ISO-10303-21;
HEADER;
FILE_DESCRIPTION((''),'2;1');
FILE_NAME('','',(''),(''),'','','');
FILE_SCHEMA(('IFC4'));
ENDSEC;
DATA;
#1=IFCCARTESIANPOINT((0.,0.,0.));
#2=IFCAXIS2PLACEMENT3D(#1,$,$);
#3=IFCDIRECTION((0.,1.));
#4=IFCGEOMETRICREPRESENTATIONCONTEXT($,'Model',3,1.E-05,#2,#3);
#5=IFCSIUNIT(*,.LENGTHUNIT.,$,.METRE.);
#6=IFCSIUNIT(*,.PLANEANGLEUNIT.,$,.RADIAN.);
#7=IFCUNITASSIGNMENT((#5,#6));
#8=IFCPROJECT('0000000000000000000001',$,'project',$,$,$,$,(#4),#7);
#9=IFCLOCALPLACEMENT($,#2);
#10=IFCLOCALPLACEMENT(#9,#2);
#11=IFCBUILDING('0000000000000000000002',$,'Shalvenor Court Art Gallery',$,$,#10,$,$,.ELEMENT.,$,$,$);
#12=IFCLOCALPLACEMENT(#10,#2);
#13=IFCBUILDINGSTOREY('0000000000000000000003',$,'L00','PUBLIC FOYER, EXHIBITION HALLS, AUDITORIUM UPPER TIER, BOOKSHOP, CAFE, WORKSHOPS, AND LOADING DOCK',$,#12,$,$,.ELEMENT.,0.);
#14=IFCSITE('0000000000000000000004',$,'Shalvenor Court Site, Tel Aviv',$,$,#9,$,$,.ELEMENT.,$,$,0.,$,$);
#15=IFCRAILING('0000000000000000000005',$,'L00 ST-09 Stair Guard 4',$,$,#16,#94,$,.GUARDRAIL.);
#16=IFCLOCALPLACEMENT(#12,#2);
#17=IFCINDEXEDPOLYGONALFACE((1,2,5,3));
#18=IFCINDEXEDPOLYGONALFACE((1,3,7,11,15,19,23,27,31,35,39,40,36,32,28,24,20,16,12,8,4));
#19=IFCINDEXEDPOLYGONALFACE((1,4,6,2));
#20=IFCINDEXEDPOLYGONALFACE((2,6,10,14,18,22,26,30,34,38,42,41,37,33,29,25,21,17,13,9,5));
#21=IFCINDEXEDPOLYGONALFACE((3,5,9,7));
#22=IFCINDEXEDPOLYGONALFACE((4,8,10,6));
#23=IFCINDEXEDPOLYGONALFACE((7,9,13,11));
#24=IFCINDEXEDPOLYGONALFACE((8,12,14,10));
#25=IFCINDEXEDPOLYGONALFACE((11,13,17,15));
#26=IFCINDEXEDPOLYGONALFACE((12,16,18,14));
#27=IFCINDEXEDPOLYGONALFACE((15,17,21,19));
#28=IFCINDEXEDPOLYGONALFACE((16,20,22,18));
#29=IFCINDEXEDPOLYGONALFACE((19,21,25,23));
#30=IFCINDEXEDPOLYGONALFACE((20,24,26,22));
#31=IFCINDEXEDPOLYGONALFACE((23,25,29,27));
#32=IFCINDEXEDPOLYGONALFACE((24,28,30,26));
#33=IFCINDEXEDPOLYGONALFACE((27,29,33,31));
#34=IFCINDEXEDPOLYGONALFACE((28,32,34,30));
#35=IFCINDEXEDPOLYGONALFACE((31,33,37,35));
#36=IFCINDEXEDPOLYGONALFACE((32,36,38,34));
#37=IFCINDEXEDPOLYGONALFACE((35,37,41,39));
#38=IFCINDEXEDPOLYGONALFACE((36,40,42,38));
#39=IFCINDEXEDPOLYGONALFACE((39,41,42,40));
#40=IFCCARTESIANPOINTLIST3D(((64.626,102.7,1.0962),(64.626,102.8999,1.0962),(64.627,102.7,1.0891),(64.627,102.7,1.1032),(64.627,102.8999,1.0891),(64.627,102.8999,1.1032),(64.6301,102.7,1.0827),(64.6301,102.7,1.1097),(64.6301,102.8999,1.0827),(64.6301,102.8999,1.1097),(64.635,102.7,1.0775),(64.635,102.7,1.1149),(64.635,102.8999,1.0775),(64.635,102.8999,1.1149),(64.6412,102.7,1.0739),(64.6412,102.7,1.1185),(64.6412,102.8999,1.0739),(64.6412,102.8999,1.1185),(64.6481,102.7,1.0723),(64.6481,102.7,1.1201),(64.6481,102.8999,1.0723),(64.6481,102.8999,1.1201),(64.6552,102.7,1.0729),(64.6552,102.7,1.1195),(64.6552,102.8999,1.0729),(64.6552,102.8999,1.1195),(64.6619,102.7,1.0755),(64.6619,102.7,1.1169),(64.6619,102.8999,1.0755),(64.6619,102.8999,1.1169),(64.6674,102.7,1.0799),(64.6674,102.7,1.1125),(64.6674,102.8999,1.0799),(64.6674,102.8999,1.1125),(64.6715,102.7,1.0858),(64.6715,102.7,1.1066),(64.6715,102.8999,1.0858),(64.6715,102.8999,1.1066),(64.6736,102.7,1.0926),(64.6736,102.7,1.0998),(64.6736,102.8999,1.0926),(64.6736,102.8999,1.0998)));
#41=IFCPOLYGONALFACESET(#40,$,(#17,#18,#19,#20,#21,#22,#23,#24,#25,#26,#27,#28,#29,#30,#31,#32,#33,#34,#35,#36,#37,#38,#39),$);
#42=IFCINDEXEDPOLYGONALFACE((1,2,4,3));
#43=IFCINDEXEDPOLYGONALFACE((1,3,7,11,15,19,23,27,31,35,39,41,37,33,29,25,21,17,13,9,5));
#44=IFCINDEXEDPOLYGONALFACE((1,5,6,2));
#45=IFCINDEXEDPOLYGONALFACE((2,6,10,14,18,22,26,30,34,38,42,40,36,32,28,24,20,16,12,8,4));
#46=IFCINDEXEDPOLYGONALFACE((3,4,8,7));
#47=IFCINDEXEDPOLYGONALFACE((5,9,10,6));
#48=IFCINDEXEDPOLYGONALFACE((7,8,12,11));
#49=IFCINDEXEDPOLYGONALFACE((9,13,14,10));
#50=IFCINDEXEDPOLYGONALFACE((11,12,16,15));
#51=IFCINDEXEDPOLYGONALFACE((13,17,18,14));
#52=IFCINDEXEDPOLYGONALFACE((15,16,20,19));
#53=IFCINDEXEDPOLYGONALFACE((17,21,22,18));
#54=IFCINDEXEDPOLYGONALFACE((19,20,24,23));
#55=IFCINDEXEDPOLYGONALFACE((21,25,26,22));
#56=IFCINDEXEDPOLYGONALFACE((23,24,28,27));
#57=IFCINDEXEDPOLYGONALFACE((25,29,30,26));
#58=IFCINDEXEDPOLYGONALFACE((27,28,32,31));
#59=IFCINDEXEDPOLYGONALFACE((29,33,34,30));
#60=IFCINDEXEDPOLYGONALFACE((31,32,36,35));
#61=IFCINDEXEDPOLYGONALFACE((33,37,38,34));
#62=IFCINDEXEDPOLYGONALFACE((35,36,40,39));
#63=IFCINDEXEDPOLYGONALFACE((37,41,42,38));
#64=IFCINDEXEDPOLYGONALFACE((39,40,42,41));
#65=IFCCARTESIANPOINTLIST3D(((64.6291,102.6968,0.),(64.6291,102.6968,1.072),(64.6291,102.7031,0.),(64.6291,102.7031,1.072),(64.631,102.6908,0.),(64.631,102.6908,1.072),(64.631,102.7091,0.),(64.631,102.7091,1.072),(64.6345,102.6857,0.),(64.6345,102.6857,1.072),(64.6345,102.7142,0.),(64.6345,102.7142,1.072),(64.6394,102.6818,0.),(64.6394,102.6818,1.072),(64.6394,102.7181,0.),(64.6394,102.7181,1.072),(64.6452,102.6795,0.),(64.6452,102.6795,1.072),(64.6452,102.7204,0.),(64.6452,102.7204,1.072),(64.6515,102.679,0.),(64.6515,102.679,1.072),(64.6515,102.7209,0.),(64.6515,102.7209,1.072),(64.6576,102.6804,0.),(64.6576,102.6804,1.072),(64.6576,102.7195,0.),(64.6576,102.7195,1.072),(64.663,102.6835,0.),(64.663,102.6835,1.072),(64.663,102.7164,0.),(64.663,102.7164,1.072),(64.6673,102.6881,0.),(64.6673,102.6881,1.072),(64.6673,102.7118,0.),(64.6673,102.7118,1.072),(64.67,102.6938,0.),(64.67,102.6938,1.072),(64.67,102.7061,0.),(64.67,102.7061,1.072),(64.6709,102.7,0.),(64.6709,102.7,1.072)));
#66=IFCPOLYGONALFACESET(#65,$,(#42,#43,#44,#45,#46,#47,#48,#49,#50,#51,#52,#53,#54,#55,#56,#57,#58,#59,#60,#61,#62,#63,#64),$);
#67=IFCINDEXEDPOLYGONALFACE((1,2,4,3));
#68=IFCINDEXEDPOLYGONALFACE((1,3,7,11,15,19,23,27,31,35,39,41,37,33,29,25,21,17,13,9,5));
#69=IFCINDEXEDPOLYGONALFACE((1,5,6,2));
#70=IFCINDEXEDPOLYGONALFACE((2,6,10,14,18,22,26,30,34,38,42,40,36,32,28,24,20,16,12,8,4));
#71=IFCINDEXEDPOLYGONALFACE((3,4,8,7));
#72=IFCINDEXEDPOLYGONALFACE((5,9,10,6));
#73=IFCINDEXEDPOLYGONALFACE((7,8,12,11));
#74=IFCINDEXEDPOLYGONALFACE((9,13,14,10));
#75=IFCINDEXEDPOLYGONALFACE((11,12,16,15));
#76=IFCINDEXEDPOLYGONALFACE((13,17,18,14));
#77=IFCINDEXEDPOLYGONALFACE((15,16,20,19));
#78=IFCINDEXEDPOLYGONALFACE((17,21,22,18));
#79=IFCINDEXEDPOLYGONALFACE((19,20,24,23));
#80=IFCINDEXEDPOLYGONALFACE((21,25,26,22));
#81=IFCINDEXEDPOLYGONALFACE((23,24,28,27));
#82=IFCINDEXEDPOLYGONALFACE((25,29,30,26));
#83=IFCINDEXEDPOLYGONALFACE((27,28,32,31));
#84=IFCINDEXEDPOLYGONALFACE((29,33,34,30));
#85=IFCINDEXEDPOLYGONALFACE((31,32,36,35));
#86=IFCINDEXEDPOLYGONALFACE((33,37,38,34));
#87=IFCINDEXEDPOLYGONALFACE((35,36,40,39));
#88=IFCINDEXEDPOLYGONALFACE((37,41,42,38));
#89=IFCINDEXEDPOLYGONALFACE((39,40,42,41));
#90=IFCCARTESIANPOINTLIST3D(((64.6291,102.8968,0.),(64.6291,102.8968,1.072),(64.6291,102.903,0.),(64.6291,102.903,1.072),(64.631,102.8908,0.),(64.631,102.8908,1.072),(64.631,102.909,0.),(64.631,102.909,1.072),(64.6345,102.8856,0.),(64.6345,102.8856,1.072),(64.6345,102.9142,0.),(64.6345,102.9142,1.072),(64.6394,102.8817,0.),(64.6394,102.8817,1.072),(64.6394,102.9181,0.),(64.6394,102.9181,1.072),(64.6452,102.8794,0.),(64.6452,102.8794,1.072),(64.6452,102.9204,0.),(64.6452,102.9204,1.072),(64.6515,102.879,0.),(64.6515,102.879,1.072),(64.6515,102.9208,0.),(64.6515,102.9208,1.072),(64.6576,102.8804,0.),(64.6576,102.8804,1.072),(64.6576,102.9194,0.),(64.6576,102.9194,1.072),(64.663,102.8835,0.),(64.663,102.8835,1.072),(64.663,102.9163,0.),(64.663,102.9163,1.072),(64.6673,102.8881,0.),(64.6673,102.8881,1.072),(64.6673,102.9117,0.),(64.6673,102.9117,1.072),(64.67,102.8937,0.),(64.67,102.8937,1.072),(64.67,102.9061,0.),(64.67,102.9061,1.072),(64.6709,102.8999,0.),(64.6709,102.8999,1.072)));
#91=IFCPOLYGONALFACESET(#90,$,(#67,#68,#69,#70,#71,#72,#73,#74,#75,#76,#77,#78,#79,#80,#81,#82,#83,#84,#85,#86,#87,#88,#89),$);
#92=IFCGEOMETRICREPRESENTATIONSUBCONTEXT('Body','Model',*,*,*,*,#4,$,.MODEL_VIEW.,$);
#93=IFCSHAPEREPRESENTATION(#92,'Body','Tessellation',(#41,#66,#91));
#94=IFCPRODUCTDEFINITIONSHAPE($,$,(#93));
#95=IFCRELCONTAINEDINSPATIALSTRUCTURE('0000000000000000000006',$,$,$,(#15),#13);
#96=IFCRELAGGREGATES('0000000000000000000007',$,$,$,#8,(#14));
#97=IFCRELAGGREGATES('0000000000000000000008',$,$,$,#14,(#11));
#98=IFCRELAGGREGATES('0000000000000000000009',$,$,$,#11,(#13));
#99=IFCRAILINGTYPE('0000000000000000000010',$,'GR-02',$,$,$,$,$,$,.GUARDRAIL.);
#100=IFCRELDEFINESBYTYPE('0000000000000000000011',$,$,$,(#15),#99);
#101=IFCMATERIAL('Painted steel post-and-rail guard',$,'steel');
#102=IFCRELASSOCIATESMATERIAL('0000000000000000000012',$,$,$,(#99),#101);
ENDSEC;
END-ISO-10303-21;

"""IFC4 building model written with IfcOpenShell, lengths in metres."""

from ifc_helpers import new_model, si_unit, direction, frame, origin, origin_2d, place, context, subcontext, project, spatial, circle, extrude, material, type_object, element, save


model = new_model("IFC4")

# Units and contexts
model_context = context("Model", 3, precision=1e-05, world=origin(), true_north=direction((0.0, 1.0)))
body_context = subcontext(model_context, "Body", "Model", "MODEL_VIEW")
ifc_project = project(units=[si_unit("LENGTHUNIT", "METRE"), si_unit("PLANEANGLEUNIT", "RADIAN")], contexts=[model_context])

# Site, building, storey
site_placement = place(None, origin())
site = spatial("IfcSite", under=ifc_project, at=site_placement, Name="Shalvenor Court Site, Tel Aviv", CompositionType="ELEMENT", RefElevation=0.0)
building_placement = place(site_placement, origin())
building = spatial("IfcBuilding", under=site, at=building_placement, Name="Shalvenor Court Art Gallery", CompositionType="ELEMENT")
storey_placement = place(building_placement, origin())
storey = spatial("IfcBuildingStorey", under=building, at=storey_placement, Name="L00", Description="PUBLIC FOYER, EXHIBITION HALLS, AUDITORIUM UPPER TIER, BOOKSHOP, CAFE, WORKSHOPS, AND LOADING DOCK", CompositionType="ELEMENT", Elevation=0.0)

# Railing
ifc_material_1 = material(Name="Painted steel post-and-rail guard", Category="steel")
railing_type_1 = type_object("IfcRailingType", Name="GR-02", PredefinedType="GUARDRAIL", material=ifc_material_1)
railing_1_placement = place(storey_placement, frame((64.6499, 102.7, 0.0)))
element("IfcRailing", 1, at=railing_1_placement, inside=storey, type_object=railing_type_1, Name="L00 ST-09 Stair Guard 4", PredefinedType="GUARDRAIL", context=body_context, shape_type="SweptSolid", body=[
    extrude(circle(Radius=0.0239, at=origin_2d()), frame((0.0, 0.0, 1.0962), z_axis=(0.0, 1.0, 0.0), x_axis=(-1.0, 0.0, 0.0)), (0.0, 0.0, 1.0), 0.2),
    extrude(circle(Radius=0.021, at=origin_2d()), origin(), (0.0, 0.0, 1.0), 1.072),
    extrude(circle(Radius=0.021, at=origin_2d()), frame((0.0, 0.2, 0.0)), (0.0, 0.0, 1.0), 1.072),
])

save(model, "model.ifc")
